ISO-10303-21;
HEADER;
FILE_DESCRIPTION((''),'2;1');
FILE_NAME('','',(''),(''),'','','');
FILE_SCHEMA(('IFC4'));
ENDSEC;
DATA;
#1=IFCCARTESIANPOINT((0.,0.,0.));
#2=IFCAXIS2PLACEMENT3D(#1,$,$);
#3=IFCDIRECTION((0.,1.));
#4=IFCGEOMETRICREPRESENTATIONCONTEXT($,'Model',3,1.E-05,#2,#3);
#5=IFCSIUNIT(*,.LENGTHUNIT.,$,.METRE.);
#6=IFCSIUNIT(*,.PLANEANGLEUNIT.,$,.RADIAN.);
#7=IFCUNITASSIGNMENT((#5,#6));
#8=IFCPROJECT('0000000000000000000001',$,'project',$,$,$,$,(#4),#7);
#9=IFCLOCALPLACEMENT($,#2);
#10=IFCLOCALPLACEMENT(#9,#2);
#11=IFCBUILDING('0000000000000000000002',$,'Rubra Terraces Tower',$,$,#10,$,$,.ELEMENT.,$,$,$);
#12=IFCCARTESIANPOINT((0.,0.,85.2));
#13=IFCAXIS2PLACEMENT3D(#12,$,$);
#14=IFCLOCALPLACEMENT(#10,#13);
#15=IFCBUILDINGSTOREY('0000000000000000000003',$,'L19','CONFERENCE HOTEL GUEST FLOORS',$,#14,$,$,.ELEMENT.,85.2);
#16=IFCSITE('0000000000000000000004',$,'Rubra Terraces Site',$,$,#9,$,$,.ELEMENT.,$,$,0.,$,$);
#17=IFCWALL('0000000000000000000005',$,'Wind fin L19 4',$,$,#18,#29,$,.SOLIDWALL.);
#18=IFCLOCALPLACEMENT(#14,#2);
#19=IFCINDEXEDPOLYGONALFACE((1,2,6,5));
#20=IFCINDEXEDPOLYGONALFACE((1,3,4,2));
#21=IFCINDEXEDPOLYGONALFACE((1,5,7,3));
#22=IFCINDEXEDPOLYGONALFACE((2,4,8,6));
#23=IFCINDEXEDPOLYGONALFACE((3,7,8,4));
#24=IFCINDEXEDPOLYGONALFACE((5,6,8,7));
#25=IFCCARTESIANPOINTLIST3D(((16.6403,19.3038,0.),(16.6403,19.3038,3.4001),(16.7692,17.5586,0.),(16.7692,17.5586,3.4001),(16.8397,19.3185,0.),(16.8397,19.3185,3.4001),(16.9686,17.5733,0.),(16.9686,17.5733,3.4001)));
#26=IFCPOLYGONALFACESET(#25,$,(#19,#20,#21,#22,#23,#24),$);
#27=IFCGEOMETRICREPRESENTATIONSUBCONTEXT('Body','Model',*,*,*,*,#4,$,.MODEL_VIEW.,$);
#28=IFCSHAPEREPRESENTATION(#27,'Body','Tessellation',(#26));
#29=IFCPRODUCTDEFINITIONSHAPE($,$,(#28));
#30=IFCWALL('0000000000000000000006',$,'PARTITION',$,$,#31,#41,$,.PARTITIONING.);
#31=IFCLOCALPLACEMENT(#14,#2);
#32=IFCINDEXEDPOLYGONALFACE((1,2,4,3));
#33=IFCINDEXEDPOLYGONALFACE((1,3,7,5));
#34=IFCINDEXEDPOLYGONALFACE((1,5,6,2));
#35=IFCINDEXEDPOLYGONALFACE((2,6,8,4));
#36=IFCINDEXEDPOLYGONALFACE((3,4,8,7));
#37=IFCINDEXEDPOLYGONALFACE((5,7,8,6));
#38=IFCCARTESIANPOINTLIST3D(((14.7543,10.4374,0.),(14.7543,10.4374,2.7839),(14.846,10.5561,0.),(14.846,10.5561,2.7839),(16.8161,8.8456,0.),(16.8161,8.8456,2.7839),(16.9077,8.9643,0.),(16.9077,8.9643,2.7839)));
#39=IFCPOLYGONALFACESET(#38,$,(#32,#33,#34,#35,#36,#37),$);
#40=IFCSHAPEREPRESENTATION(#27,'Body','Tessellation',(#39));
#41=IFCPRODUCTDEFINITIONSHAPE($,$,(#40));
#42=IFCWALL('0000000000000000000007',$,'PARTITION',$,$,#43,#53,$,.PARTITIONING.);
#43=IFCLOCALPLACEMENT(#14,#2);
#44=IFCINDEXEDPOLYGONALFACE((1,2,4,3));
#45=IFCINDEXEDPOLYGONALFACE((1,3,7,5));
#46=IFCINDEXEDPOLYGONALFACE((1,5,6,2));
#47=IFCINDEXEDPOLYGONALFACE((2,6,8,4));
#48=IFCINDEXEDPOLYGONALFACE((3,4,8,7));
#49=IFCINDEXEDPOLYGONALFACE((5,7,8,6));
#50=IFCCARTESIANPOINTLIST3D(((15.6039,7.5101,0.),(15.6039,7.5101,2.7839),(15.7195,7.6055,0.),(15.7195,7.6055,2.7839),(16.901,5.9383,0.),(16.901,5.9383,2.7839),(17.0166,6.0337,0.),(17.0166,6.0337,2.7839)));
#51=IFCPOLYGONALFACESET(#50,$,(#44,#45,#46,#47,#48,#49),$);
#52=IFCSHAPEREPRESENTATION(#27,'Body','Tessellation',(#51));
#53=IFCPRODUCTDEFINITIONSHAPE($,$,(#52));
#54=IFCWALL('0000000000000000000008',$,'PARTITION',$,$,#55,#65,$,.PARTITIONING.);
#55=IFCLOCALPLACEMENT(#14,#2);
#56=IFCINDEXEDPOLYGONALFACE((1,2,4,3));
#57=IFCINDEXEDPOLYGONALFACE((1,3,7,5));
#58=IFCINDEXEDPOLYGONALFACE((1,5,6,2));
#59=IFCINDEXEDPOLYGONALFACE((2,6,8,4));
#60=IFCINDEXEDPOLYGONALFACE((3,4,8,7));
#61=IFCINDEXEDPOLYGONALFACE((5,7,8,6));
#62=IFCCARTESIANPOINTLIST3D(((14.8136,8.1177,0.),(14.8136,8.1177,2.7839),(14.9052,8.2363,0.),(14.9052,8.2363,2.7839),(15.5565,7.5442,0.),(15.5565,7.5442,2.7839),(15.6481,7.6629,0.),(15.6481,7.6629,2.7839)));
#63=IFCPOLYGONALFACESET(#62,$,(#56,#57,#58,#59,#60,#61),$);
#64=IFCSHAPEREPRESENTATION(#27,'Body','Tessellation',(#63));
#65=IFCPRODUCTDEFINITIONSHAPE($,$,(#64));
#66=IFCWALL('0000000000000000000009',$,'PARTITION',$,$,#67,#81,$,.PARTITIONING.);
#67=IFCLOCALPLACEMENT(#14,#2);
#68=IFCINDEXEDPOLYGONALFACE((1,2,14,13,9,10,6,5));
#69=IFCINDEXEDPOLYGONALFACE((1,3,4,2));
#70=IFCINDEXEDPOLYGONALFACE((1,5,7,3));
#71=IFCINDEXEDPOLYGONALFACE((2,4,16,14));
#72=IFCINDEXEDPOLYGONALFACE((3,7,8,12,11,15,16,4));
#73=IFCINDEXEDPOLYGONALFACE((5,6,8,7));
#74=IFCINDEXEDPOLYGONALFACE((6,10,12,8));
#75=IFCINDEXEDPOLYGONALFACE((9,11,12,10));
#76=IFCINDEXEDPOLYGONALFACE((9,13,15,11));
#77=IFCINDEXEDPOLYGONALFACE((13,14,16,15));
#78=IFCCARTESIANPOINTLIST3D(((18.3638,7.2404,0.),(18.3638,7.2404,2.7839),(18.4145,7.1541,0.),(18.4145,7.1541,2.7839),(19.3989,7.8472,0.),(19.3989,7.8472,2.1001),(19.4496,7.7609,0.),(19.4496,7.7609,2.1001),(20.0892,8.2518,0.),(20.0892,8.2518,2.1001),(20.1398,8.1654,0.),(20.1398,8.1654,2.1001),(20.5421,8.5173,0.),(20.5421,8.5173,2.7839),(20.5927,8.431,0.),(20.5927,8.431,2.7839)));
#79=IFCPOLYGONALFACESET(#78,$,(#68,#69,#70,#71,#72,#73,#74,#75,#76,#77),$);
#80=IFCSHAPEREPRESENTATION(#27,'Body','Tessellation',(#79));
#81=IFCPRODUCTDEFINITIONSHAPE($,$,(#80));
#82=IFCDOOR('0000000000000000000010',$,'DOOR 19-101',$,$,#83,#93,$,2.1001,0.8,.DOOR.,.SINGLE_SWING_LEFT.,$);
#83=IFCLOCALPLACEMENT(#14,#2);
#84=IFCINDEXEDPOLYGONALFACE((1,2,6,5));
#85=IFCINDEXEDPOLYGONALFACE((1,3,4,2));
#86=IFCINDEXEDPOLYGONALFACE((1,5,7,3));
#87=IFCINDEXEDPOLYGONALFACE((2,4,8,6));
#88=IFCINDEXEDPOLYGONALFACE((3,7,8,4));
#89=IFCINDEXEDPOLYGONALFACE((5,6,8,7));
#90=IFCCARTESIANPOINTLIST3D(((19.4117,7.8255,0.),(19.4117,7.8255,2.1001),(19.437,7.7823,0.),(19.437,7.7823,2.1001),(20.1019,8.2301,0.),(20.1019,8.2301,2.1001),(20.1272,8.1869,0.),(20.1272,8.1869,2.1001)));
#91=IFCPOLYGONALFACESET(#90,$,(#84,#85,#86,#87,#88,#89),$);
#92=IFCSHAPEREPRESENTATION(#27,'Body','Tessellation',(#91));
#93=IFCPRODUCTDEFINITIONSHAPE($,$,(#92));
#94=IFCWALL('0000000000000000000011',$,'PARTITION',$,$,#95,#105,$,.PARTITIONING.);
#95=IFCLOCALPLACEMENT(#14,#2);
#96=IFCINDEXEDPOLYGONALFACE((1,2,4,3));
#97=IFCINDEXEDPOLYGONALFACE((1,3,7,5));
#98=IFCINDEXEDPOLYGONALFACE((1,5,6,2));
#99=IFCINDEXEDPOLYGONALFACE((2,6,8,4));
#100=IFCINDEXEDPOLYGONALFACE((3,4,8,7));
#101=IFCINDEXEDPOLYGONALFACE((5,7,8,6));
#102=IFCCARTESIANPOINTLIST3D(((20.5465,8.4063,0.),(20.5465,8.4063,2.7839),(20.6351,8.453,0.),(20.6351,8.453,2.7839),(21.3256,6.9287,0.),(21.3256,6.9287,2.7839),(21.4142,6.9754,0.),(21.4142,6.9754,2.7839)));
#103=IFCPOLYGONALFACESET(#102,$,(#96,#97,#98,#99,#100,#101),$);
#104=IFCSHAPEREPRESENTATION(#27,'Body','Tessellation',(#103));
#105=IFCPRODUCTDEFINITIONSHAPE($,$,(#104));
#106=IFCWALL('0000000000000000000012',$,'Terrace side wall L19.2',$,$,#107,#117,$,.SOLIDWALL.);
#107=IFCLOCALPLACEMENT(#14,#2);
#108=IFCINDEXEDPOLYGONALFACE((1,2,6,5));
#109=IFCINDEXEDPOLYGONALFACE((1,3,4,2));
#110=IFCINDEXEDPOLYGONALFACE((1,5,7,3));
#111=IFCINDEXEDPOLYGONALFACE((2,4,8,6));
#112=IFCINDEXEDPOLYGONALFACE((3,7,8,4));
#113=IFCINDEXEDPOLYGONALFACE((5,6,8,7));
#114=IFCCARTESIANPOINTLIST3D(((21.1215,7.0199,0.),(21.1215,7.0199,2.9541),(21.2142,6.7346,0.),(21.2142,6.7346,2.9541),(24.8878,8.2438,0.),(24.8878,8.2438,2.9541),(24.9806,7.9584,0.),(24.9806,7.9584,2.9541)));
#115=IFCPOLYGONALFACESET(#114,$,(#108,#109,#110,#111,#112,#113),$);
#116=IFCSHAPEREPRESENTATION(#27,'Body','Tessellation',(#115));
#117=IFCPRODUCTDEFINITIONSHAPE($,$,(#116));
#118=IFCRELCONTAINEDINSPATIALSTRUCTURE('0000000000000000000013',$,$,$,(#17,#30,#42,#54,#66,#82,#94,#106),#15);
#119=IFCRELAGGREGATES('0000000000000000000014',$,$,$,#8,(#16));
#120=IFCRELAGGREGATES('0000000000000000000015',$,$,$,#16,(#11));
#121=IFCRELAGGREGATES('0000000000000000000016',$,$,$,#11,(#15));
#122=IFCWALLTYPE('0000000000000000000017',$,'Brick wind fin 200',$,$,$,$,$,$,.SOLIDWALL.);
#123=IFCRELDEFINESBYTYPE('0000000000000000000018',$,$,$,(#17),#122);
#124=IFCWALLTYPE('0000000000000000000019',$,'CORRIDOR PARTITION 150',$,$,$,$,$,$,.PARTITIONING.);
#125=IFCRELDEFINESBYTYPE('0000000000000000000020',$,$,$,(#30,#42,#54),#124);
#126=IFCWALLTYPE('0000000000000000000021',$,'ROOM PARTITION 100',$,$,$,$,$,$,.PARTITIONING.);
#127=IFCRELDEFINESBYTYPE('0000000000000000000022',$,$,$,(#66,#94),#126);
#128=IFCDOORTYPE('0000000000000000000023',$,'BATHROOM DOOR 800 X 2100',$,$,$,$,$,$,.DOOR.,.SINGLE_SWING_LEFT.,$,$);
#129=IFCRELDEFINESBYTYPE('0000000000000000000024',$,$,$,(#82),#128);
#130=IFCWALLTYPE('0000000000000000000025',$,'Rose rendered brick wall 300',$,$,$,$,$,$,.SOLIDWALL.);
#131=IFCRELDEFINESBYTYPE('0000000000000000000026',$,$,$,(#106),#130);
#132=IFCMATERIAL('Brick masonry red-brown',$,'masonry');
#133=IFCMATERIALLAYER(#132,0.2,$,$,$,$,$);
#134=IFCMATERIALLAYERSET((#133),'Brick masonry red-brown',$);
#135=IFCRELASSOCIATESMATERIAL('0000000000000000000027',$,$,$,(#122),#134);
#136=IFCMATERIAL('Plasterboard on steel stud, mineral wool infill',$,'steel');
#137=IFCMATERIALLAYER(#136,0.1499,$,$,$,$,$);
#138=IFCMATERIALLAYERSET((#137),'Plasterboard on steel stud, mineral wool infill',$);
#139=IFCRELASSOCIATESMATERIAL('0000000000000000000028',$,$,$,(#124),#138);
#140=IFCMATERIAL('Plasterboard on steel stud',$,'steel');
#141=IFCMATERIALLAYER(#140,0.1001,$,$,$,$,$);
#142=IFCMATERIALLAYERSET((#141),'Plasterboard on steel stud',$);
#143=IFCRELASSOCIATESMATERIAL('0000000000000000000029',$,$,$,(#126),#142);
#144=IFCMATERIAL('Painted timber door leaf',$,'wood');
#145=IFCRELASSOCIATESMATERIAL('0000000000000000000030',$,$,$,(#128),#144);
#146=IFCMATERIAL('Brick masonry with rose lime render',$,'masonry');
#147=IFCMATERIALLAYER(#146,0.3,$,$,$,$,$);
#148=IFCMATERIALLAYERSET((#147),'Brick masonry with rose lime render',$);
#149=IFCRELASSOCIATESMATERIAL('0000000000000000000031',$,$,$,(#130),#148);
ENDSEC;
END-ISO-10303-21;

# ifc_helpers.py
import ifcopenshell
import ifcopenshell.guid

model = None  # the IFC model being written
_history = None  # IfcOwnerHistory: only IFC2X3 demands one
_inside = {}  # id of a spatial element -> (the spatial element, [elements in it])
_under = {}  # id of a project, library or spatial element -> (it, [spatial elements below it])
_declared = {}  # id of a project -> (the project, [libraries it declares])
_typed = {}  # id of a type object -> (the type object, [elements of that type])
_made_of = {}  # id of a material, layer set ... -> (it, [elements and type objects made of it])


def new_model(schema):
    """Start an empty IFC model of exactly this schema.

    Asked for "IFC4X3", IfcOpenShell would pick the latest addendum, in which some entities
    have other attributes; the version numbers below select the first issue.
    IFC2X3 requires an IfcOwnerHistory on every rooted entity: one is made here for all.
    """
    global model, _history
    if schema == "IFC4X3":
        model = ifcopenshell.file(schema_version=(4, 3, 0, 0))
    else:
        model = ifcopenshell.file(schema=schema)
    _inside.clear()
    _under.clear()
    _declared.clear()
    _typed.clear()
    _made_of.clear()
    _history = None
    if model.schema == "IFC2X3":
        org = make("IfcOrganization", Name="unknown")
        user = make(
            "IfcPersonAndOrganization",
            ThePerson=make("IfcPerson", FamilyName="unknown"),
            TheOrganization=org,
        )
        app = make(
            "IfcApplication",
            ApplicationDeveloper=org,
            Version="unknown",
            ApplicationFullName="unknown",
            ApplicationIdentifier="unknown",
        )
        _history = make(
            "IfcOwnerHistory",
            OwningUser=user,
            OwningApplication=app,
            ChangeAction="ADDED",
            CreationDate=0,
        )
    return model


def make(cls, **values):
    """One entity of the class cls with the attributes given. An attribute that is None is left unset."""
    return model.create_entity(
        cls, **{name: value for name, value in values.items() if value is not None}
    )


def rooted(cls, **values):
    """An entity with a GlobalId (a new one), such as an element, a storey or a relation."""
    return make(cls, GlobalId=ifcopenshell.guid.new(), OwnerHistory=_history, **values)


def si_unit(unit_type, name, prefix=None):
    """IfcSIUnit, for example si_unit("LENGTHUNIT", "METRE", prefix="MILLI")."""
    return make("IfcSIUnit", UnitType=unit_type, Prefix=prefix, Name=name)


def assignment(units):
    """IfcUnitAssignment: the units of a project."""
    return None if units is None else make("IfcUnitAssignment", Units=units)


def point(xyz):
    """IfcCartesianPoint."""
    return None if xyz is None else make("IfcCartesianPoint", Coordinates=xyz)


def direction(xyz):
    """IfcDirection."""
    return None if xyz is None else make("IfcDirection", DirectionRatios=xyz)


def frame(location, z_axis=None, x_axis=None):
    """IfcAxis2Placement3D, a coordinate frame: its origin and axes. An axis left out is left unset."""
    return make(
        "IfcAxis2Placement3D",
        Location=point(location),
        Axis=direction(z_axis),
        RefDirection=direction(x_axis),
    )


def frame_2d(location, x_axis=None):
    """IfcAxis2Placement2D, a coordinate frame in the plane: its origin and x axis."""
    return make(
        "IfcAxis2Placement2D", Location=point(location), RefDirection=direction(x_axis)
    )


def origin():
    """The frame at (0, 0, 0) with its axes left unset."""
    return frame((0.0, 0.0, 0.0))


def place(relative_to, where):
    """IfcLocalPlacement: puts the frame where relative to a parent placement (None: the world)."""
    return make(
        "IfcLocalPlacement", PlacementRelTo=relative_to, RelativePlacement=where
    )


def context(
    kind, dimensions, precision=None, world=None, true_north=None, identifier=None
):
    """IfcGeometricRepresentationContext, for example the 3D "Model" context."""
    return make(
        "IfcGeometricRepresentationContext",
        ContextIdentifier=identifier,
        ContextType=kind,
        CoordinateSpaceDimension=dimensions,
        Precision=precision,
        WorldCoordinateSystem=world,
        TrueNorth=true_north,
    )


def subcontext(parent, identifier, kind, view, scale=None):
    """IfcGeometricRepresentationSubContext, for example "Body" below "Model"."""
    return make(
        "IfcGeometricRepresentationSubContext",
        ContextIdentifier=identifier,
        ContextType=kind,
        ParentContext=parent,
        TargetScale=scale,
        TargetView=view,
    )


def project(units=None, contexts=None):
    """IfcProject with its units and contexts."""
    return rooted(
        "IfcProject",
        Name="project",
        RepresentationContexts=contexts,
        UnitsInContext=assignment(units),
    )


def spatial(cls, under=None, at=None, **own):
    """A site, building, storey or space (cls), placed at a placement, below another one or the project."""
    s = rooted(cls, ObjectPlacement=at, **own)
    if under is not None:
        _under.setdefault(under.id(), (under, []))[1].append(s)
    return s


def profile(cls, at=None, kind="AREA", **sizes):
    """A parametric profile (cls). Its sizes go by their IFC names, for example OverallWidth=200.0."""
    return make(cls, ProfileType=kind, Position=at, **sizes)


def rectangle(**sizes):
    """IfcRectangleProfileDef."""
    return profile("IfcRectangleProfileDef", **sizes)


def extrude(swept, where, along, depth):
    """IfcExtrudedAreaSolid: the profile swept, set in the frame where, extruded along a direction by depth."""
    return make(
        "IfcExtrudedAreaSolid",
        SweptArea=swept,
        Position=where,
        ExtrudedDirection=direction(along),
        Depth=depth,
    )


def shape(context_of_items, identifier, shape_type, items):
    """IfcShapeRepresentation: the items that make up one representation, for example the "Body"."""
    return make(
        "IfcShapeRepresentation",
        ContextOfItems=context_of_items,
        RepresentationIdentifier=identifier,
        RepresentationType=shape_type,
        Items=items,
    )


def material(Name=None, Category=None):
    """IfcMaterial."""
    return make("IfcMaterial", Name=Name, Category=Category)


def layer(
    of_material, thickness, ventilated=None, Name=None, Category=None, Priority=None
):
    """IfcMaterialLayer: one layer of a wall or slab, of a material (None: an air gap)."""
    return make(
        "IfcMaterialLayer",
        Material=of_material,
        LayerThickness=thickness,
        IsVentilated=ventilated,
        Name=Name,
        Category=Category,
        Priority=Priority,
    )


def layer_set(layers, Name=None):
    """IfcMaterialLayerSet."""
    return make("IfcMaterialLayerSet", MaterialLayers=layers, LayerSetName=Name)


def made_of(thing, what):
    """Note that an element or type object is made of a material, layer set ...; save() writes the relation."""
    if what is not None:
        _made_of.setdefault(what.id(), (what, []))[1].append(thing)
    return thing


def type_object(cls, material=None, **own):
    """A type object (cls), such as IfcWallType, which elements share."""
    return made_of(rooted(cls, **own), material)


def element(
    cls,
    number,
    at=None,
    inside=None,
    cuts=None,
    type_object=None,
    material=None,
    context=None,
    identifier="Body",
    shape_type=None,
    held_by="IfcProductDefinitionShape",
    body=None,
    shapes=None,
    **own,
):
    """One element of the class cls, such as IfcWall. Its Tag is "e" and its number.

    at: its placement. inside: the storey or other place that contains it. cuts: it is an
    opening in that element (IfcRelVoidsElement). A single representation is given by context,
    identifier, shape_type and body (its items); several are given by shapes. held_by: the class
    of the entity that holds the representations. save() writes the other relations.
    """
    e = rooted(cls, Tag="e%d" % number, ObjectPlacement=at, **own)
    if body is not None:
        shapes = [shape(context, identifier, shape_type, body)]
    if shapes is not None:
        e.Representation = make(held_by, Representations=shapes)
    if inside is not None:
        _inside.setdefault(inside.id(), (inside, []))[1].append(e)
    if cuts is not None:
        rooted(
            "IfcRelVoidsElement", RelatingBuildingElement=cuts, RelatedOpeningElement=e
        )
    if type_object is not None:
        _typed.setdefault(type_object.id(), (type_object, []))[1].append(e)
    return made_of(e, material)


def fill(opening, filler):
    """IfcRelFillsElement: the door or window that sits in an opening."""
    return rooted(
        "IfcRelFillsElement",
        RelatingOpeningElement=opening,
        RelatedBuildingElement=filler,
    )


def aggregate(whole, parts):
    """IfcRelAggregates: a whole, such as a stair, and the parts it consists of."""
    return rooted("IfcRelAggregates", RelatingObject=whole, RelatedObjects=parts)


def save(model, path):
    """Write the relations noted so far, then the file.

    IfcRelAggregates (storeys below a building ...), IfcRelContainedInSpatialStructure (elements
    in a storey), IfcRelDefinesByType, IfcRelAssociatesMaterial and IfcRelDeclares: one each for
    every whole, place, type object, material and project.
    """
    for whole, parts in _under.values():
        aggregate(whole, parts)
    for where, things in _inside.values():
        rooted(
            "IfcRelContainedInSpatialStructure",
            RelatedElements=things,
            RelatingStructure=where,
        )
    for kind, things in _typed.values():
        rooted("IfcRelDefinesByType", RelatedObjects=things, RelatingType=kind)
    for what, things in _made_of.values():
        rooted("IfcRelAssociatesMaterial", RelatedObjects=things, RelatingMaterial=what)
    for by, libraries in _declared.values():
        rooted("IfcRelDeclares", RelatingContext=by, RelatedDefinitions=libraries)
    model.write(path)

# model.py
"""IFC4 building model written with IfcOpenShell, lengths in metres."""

from ifc_helpers import new_model, si_unit, direction, frame, frame_2d, origin, place, context, subcontext, project, spatial, rectangle, extrude, material, layer, layer_set, type_object, element, fill, save


model = new_model("IFC4")

# Units and contexts
model_context = context("Model", 3, precision=1e-05, world=origin(), true_north=direction((0.0, 1.0)))
body_context = subcontext(model_context, "Body", "Model", "MODEL_VIEW")
ifc_project = project(units=[si_unit("LENGTHUNIT", "METRE"), si_unit("PLANEANGLEUNIT", "RADIAN")], contexts=[model_context])

# Site, building, storey
site_placement = place(None, origin())
site = spatial("IfcSite", under=ifc_project, at=site_placement, Name="Rubra Terraces Site", CompositionType="ELEMENT", RefElevation=0.0)
building_placement = place(site_placement, origin())
building = spatial("IfcBuilding", under=site, at=building_placement, Name="Rubra Terraces Tower", CompositionType="ELEMENT")
storey_placement = place(building_placement, frame((0.0, 0.0, 85.2)))
storey = spatial("IfcBuildingStorey", under=building, at=storey_placement, Name="L19", Description="CONFERENCE HOTEL GUEST FLOORS", CompositionType="ELEMENT", Elevation=85.2)

# Shared definitions
ifc_material_1 = material(Name="Brick masonry red-brown", Category="masonry")

# Walls
ifc_layer_1 = layer(ifc_material_1, 0.2)
ifc_layer_set_1 = layer_set([ifc_layer_1], Name="Brick masonry red-brown")
wall_type_1 = type_object("IfcWallType", Name="Brick wind fin 200", PredefinedType="SOLIDWALL", material=ifc_layer_set_1)
wall_1_placement = place(storey_placement, frame((16.8689, 17.5659, 0.0), z_axis=(0.0, 0.0, 1.0), x_axis=(-0.073656, 0.997284, 0.0)))
element("IfcWall", 1, at=wall_1_placement, inside=storey, type_object=wall_type_1, Name="Wind fin L19 4", PredefinedType="SOLIDWALL", context=body_context, shape_type="SweptSolid", body=[
    extrude(rectangle(XDim=1.75, YDim=0.2, at=frame_2d((0.875, 0.0))), origin(), (0.0, 0.0, 1.0), 3.4001),
])
ifc_material_2 = material(Name="Plasterboard on steel stud, mineral wool infill", Category="steel")
ifc_layer_2 = layer(ifc_material_2, 0.1499)
ifc_layer_set_2 = layer_set([ifc_layer_2], Name="Plasterboard on steel stud, mineral wool infill")
wall_type_2 = type_object("IfcWallType", Name="CORRIDOR PARTITION 150", PredefinedType="PARTITIONING", material=ifc_layer_set_2)
wall_2_placement = place(storey_placement, frame((16.8618, 8.905, 0.0), z_axis=(0.0, 0.0, 1.0), x_axis=(-0.791543, 0.611114, 0.0)))
element("IfcWall", 2, at=wall_2_placement, inside=storey, type_object=wall_type_2, Name="PARTITION", PredefinedType="PARTITIONING", context=body_context, shape_type="SweptSolid", body=[
    extrude(rectangle(XDim=2.6047, YDim=0.1499, at=frame_2d((1.3022, 0.0))), origin(), (0.0, 0.0, 1.0), 2.7839),
])
wall_3_placement = place(storey_placement, frame((15.6616, 7.5579, 0.0), z_axis=(0.0, 0.0, 1.0), x_axis=(0.636501, -0.771276, 0.0)))
element("IfcWall", 3, at=wall_3_placement, inside=storey, type_object=wall_type_2, Name="PARTITION", PredefinedType="PARTITIONING", context=body_context, shape_type="SweptSolid", body=[
    extrude(rectangle(XDim=2.0378, YDim=0.1499, at=frame_2d((1.019, 0.0))), origin(), (0.0, 0.0, 1.0), 2.7839),
])
wall_4_placement = place(storey_placement, frame((14.8594, 8.177, 0.0), z_axis=(0.0, 0.0, 1.0), x_axis=(0.791588, -0.611055, 0.0)))
element("IfcWall", 4, at=wall_4_placement, inside=storey, type_object=wall_type_2, Name="PARTITION", PredefinedType="PARTITIONING", context=body_context, shape_type="SweptSolid", body=[
    extrude(rectangle(XDim=0.9385, YDim=0.1499, at=frame_2d((0.4692, 0.0))), origin(), (0.0, 0.0, 1.0), 2.7839),
])

# Wall, opening, door
ifc_material_3 = material(Name="Plasterboard on steel stud", Category="steel")
ifc_layer_3 = layer(ifc_material_3, 0.1001)
ifc_layer_set_3 = layer_set([ifc_layer_3], Name="Plasterboard on steel stud")
wall_type_3 = type_object("IfcWallType", Name="ROOM PARTITION 100", PredefinedType="PARTITIONING", material=ifc_layer_set_3)
wall_5_placement = place(storey_placement, frame((18.3892, 7.1973, 0.0), z_axis=(0.0, 0.0, 1.0), x_axis=(0.862704, 0.50571, 0.0)))
wall_5 = element("IfcWall", 5, at=wall_5_placement, inside=storey, type_object=wall_type_3, Name="PARTITION", PredefinedType="PARTITIONING", context=body_context, shape_type="SweptSolid", body=[
    extrude(rectangle(XDim=2.5249, YDim=0.1001, at=frame_2d((1.2625, 0.0))), origin(), (0.0, 0.0, 1.0), 2.7839),
])
opening_1_placement = place(wall_5_placement, frame((1.2, 0.0, 0.0)))
opening_1 = element("IfcOpeningElement", 6, at=opening_1_placement, cuts=wall_5, PredefinedType="OPENING", context=body_context, shape_type="SweptSolid", body=[
    extrude(rectangle(XDim=0.8, YDim=2.1001, at=frame_2d((0.3999, 1.05))), frame((0.0, 0.0601, 0.0), z_axis=(0.0, -1.0, 0.0), x_axis=(1.0, 0.0, 0.0)), (0.0, 0.0, 1.0), 0.1201),
])
ifc_material_4 = material(Name="Painted timber door leaf", Category="wood")
door_type = type_object("IfcDoorType", Name="BATHROOM DOOR 800 X 2100", OperationType="SINGLE_SWING_LEFT", PredefinedType="DOOR", material=ifc_material_4)
door_placement = place(opening_1_placement, origin())
door = element("IfcDoor", 7, at=door_placement, inside=storey, type_object=door_type, Name="DOOR 19-101", OperationType="SINGLE_SWING_LEFT", OverallHeight=2.1001, OverallWidth=0.8, PredefinedType="DOOR", context=body_context, shape_type="SweptSolid", body=[
    extrude(rectangle(XDim=0.8, YDim=2.1001, at=frame_2d((0.3999, 1.05))), frame((0.0, 0.0249, 0.0), z_axis=(0.0, -1.0, 0.0), x_axis=(1.0, 0.0, 0.0)), (0.0, 0.0, 1.0), 0.05),
])
fill(opening_1, door)

# Walls
wall_6_placement = place(storey_placement, frame((20.5908, 8.4297, 0.0), z_axis=(0.0, 0.0, 1.0), x_axis=(0.466403, -0.884572, 0.0)))
element("IfcWall", 8, at=wall_6_placement, inside=storey, type_object=wall_type_3, Name="PARTITION", PredefinedType="PARTITIONING", context=body_context, shape_type="SweptSolid", body=[
    extrude(rectangle(XDim=1.6704, YDim=0.1001, at=frame_2d((0.8352, 0.0))), origin(), (0.0, 0.0, 1.0), 2.7839),
])
ifc_material_5 = material(Name="Brick masonry with rose lime render", Category="masonry")
ifc_layer_4 = layer(ifc_material_5, 0.3)
ifc_layer_set_4 = layer_set([ifc_layer_4], Name="Brick masonry with rose lime render")
wall_type_4 = type_object("IfcWallType", Name="Rose rendered brick wall 300", PredefinedType="SOLIDWALL", material=ifc_layer_set_4)
wall_7_placement = place(storey_placement, frame((24.9341, 8.1011, 0.0), z_axis=(0.0, 0.0, 1.0), x_axis=(-0.951048, -0.309043, 0.0)))
element("IfcWall", 9, at=wall_7_placement, inside=storey, type_object=wall_type_4, Name="Terrace side wall L19.2", PredefinedType="SOLIDWALL", context=body_context, shape_type="SweptSolid", body=[
    extrude(rectangle(XDim=3.9602, YDim=0.3, at=frame_2d((1.98, 0.0))), origin(), (0.0, 0.0, 1.0), 2.9541),
])

save(model, "model.ifc")
